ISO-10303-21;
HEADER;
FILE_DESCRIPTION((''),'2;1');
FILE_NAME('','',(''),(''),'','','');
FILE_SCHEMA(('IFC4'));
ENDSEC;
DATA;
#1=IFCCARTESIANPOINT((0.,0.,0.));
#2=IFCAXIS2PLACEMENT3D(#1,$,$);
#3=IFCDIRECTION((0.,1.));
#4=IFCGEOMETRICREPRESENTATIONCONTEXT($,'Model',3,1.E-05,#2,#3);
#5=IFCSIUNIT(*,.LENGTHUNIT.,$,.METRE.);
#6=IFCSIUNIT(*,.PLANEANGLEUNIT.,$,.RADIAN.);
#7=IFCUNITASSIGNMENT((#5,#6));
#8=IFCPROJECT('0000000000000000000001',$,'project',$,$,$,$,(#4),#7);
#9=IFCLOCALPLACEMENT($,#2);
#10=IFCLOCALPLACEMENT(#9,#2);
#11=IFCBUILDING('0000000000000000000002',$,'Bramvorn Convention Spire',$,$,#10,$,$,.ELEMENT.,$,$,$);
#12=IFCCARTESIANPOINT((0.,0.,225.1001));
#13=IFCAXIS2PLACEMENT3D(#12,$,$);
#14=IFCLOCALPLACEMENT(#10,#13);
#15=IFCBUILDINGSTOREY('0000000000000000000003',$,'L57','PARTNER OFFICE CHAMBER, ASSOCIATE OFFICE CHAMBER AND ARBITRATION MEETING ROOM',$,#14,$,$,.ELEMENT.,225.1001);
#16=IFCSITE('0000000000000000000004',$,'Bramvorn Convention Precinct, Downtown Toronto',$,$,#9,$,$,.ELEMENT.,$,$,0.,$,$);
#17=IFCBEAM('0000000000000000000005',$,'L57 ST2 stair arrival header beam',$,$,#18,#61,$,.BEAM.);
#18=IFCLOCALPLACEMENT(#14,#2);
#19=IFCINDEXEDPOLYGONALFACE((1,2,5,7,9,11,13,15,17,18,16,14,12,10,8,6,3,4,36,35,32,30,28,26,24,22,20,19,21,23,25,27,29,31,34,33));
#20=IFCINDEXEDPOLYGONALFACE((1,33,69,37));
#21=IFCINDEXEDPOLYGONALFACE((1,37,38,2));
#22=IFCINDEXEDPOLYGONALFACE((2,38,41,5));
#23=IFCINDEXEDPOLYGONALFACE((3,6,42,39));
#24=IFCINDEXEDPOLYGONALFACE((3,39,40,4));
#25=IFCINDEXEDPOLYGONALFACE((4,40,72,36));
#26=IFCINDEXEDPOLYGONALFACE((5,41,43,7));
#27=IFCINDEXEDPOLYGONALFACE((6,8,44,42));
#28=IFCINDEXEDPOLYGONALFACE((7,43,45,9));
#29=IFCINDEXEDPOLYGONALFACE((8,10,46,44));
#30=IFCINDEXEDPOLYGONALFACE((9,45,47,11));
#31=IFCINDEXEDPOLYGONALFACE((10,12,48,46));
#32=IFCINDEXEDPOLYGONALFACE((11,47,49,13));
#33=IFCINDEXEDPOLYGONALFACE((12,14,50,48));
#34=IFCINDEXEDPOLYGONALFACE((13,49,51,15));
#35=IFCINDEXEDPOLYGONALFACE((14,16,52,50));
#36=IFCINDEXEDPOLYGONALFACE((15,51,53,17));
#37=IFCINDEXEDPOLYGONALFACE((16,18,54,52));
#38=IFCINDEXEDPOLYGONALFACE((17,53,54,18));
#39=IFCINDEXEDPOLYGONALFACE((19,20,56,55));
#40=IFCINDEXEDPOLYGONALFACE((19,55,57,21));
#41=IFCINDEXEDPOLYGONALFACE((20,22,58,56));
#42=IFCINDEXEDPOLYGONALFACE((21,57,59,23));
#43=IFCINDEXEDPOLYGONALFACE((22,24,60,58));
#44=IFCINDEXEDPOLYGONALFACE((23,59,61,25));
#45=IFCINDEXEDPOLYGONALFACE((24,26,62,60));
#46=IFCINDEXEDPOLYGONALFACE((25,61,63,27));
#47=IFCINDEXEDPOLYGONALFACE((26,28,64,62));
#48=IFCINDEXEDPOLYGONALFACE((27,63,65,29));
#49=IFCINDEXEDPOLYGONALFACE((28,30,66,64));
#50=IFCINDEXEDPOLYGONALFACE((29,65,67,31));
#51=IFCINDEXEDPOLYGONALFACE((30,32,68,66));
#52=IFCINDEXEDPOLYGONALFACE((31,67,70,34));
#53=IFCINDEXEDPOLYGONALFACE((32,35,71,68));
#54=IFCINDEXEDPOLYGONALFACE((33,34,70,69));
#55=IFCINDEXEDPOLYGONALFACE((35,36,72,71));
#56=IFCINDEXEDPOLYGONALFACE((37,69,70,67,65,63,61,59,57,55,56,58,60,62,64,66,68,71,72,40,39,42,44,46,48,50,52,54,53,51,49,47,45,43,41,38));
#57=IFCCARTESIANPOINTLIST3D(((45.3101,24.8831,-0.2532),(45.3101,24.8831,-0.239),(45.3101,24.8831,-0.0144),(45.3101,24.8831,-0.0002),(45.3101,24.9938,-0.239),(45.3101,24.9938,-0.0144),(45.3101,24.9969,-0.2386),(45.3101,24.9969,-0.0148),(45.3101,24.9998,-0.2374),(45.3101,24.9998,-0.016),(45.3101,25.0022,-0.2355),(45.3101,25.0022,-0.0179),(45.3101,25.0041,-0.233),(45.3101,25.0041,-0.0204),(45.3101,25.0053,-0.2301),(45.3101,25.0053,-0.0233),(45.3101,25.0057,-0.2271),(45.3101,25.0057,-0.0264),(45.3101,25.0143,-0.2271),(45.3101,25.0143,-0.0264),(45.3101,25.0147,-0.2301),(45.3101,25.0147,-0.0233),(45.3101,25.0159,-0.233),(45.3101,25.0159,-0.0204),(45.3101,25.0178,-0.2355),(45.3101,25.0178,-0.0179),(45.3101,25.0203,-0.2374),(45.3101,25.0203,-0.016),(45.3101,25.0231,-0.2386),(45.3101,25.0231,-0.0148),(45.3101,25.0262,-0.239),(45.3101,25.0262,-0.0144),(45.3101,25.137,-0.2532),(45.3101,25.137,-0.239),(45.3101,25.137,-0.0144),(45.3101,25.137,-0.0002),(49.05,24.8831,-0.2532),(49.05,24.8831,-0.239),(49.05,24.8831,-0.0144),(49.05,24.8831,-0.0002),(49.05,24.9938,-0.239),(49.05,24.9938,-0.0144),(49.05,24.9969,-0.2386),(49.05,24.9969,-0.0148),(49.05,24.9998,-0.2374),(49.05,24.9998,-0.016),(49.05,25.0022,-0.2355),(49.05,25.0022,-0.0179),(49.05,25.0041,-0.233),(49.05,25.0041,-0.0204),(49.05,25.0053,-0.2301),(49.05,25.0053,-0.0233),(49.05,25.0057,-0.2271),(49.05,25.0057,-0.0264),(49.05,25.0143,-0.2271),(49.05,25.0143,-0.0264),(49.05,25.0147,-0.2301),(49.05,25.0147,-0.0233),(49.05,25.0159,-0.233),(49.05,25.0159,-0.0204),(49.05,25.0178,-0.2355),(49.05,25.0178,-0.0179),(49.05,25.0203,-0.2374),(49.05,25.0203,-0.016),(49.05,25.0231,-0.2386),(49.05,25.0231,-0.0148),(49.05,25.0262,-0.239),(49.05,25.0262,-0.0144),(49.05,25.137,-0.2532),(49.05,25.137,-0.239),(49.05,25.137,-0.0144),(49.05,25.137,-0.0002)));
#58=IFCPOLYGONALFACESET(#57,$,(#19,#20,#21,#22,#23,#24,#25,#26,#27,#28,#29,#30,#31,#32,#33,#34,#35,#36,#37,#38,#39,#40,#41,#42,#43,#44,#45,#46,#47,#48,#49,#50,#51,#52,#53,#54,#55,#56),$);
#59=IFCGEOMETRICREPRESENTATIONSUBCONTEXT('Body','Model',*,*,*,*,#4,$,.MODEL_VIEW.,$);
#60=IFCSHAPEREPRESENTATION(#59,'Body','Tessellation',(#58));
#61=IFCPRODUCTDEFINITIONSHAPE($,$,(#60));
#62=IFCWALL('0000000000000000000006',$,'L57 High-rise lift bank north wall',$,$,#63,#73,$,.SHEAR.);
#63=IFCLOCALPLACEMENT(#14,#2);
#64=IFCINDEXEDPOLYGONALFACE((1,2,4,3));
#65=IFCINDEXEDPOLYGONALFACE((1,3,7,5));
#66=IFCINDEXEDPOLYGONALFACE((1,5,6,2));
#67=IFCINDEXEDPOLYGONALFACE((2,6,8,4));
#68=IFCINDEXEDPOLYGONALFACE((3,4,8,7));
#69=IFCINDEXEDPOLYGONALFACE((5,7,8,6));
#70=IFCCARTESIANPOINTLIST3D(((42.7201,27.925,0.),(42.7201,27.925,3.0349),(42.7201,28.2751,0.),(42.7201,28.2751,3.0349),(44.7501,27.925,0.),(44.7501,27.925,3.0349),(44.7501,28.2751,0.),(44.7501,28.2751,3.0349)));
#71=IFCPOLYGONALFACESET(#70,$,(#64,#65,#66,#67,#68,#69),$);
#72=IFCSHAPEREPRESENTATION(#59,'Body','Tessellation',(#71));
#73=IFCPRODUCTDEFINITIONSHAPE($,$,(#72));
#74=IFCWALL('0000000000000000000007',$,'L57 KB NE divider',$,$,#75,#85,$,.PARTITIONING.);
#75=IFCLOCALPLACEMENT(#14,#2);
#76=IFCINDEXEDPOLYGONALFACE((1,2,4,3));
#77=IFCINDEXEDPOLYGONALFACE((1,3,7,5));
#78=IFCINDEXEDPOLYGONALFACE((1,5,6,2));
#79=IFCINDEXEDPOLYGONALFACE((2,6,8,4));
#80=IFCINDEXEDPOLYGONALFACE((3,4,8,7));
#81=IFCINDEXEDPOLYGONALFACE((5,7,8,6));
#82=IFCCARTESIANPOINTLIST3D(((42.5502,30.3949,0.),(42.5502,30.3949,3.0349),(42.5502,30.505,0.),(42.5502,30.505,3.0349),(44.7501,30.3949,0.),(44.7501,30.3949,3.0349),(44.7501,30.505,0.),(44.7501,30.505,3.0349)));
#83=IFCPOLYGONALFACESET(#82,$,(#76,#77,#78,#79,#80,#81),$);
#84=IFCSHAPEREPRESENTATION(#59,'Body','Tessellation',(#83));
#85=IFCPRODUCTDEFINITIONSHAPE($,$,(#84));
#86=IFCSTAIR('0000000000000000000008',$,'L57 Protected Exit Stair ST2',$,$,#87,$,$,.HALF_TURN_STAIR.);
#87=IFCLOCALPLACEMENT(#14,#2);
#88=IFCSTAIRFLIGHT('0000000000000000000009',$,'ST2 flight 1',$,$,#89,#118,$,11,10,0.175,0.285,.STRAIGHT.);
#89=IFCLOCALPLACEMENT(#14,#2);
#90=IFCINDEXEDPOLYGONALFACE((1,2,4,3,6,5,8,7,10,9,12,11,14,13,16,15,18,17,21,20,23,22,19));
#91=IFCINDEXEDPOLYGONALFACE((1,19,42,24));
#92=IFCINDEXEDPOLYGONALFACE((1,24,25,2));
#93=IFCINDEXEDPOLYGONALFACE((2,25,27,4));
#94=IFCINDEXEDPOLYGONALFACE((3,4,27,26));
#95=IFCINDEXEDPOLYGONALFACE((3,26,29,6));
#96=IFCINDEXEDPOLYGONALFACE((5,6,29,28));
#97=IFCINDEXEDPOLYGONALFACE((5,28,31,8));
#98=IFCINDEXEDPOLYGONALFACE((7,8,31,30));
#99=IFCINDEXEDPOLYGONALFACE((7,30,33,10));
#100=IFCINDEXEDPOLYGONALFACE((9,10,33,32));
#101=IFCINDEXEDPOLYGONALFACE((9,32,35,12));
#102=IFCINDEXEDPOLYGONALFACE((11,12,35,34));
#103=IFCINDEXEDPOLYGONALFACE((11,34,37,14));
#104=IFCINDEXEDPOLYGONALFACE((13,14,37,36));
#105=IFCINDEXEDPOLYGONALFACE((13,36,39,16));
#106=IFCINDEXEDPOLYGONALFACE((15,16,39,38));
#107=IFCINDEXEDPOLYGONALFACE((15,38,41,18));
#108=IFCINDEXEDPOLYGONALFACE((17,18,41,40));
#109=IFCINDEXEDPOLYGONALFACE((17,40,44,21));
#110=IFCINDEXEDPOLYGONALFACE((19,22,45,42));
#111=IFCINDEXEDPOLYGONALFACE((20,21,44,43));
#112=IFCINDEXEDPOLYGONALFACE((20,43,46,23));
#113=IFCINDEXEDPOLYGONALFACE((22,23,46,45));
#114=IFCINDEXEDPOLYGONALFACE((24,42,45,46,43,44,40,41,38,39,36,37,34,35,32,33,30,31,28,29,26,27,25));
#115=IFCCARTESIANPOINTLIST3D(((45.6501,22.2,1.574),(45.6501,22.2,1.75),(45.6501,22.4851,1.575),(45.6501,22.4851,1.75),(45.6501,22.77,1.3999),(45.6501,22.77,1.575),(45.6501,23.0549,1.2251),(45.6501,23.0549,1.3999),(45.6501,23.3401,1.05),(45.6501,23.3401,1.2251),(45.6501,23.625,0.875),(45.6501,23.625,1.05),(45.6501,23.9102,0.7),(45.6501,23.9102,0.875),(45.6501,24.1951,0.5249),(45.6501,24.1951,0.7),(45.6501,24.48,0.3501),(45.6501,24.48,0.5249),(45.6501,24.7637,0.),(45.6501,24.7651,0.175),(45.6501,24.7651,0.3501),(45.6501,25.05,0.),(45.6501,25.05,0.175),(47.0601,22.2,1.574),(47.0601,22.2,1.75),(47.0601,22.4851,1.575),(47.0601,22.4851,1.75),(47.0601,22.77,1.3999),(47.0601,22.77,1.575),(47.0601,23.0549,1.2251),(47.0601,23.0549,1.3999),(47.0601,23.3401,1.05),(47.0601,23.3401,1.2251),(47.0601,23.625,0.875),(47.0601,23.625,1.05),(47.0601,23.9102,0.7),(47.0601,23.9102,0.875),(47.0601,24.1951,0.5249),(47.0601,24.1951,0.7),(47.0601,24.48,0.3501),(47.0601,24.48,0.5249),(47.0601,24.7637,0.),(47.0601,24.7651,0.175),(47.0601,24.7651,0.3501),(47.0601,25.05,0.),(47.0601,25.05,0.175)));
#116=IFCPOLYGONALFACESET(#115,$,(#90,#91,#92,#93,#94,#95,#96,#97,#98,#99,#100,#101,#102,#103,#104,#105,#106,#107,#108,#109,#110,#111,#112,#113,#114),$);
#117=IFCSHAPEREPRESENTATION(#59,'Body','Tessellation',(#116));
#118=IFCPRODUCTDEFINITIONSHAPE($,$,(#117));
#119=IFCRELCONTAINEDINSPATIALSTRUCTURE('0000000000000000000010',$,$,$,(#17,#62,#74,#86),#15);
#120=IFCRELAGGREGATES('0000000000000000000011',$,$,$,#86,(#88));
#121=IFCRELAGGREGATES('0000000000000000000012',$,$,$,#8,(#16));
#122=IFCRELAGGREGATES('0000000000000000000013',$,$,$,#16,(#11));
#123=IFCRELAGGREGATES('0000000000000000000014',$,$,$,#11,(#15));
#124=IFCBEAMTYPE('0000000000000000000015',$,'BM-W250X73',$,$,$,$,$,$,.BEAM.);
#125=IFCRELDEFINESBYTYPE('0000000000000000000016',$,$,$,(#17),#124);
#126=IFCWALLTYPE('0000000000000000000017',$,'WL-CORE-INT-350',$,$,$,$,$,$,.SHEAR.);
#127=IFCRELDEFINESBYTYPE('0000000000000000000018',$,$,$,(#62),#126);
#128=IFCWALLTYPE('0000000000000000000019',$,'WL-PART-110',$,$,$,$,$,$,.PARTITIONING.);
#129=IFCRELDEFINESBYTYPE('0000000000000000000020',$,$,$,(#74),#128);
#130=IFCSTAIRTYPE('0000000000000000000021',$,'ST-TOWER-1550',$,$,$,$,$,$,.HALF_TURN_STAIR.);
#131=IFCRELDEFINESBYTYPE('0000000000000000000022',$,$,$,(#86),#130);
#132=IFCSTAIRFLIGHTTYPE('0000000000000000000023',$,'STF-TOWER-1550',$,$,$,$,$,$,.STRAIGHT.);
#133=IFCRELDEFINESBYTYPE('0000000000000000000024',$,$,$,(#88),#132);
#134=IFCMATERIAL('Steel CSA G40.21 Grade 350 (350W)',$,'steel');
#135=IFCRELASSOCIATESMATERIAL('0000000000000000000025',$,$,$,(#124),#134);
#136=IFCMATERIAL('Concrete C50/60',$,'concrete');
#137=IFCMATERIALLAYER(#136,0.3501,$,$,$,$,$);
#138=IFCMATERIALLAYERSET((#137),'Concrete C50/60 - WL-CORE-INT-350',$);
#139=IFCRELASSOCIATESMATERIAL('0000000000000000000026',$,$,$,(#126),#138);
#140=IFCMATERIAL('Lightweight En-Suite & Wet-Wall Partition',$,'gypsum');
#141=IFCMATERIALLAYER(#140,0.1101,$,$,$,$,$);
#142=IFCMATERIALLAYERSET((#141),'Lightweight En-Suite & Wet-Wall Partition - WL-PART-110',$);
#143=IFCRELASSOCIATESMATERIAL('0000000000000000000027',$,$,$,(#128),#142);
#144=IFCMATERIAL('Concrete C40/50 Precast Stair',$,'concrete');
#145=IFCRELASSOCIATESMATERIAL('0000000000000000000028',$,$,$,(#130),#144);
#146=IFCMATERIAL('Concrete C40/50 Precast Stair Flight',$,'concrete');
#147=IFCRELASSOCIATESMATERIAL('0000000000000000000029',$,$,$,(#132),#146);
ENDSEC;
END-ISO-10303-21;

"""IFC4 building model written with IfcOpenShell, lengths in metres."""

from ifc_helpers import new_model, si_unit, direction, frame, frame_2d, origin, origin_2d, place, context, subcontext, project, spatial, polyline, rectangle, i_section, outline, extrude, material, layer, layer_set, material_profile, profile_set, type_object, element, aggregate, save


model = new_model("IFC4")

# Units and contexts
model_context = context("Model", 3, precision=1e-05, world=origin(), true_north=direction((0.0, 1.0)))
body_context = subcontext(model_context, "Body", "Model", "MODEL_VIEW")
ifc_project = project(units=[si_unit("LENGTHUNIT", "METRE"), si_unit("PLANEANGLEUNIT", "RADIAN")], contexts=[model_context])

# Site, building, storey
site_placement = place(None, origin())
site = spatial("IfcSite", under=ifc_project, at=site_placement, Name="Bramvorn Convention Precinct, Downtown Toronto", CompositionType="ELEMENT", RefElevation=0.0)
building_placement = place(site_placement, origin())
building = spatial("IfcBuilding", under=site, at=building_placement, Name="Bramvorn Convention Spire", CompositionType="ELEMENT")
storey_placement = place(building_placement, frame((0.0, 0.0, 225.1001)))
storey = spatial("IfcBuildingStorey", under=building, at=storey_placement, Name="L57", Description="PARTNER OFFICE CHAMBER, ASSOCIATE OFFICE CHAMBER AND ARBITRATION MEETING ROOM", CompositionType="ELEMENT", Elevation=225.1001)

# Beam
ifc_material_1 = material(Name="Steel CSA G40.21 Grade 350 (350W)", Category="steel")
ifc_material_profile = material_profile(ifc_material_1, i_section(OverallWidth=0.2539, OverallDepth=0.2529, WebThickness=0.0085, FlangeThickness=0.0142, FilletRadius=0.012, at=origin_2d()))
ifc_profile_set = profile_set([ifc_material_profile], Name="Steel CSA G40.21 Grade 350 (350W) - W250X73")
beam_type = type_object("IfcBeamType", Name="BM-W250X73", PredefinedType="BEAM", material=ifc_profile_set)
beam_placement = place(storey_placement, frame((45.3101, 25.01, -0.1267), z_axis=(1.0, 0.0, 0.0), x_axis=(0.0, 1.0, 0.0)))
element("IfcBeam", 1, at=beam_placement, inside=storey, type_object=beam_type, Name="L57 ST2 stair arrival header beam", PredefinedType="BEAM", context=body_context, shape_type="SweptSolid", body=[
    extrude(i_section(OverallWidth=0.2539, OverallDepth=0.2529, WebThickness=0.0085, FlangeThickness=0.0142, FilletRadius=0.012, at=origin_2d()), origin(), (0.0, 0.0, 1.0), 3.74),
])

# Shared definitions
ifc_material_2 = material(Name="Concrete C50/60", Category="concrete")
ifc_layer_1 = layer(ifc_material_2, 0.3501)
ifc_layer_set_1 = layer_set([ifc_layer_1], Name="Concrete C50/60 - WL-CORE-INT-350")
wall_type_1 = type_object("IfcWallType", Name="WL-CORE-INT-350", PredefinedType="SHEAR", material=ifc_layer_set_1)

# Walls
wall_1_placement = place(storey_placement, frame((42.72, 28.1001, 0.0), z_axis=(0.0, 0.0, 1.0), x_axis=(1.0, 0.0, 0.0)))
element("IfcWall", 2, at=wall_1_placement, inside=storey, type_object=wall_type_1, Name="L57 High-rise lift bank north wall", PredefinedType="SHEAR", context=body_context, shape_type="SweptSolid", body=[
    extrude(rectangle(XDim=2.03, YDim=0.3501, at=frame_2d((1.0151, 0.0))), origin(), (0.0, 0.0, 1.0), 3.0349),
])
ifc_material_3 = material(Name="Lightweight En-Suite & Wet-Wall Partition", Category="gypsum")
ifc_layer_2 = layer(ifc_material_3, 0.1101)
ifc_layer_set_2 = layer_set([ifc_layer_2], Name="Lightweight En-Suite & Wet-Wall Partition - WL-PART-110")
wall_type_2 = type_object("IfcWallType", Name="WL-PART-110", PredefinedType="PARTITIONING", material=ifc_layer_set_2)
wall_2_placement = place(storey_placement, frame((42.55, 30.45, 0.0), z_axis=(0.0, 0.0, 1.0), x_axis=(1.0, 0.0, 0.0)))
element("IfcWall", 3, at=wall_2_placement, inside=storey, type_object=wall_type_2, Name="L57 KB NE divider", PredefinedType="PARTITIONING", context=body_context, shape_type="SweptSolid", body=[
    extrude(rectangle(XDim=2.2, YDim=0.1101, at=frame_2d((1.1001, 0.0))), origin(), (0.0, 0.0, 1.0), 3.0349),
])

# Stair, stair flight
ifc_material_4 = material(Name="Concrete C40/50 Precast Stair", Category="concrete")
stair_type = type_object("IfcStairType", Name="ST-TOWER-1550", PredefinedType="HALF_TURN_STAIR", material=ifc_material_4)
stair_placement = place(storey_placement, origin())
stair = element("IfcStair", 4, at=stair_placement, inside=storey, type_object=stair_type, Name="L57 Protected Exit Stair ST2", PredefinedType="HALF_TURN_STAIR")
ifc_material_5 = material(Name="Concrete C40/50 Precast Stair Flight", Category="concrete")
stair_flight_type = type_object("IfcStairFlightType", Name="STF-TOWER-1550", PredefinedType="STRAIGHT", material=ifc_material_5)
stair_flight_placement = place(storey_placement, frame((46.355, 25.05, 0.0), z_axis=(0.0, 0.0, 1.0), x_axis=(0.0, -1.0, 0.0)))
stair_flight = element("IfcStairFlight", 5, at=stair_flight_placement, type_object=stair_flight_type, Name="ST2 flight 1", NumberOfRisers=11, NumberOfTreads=10, PredefinedType="STRAIGHT", RiserHeight=0.175, TreadLength=0.285, context=body_context, shape_type="SweptSolid", body=[
    extrude(outline(polyline([(0.0, 0.0), (0.0, 0.175), (0.2849, 0.175), (0.2849, 0.3501), (0.5701, 0.3501), (0.5701, 0.5249), (0.855, 0.5249), (0.855, 0.7), (1.1399, 0.7), (1.1399, 0.875), (1.425, 0.875), (1.425, 1.05), (1.71, 1.05), (1.71, 1.2251), (1.9951, 1.2251), (1.9951, 1.3999), (2.28, 1.3999), (2.28, 1.575), (2.5649, 1.575), (2.5649, 1.75), (2.8501, 1.75), (2.8501, 1.925), (2.8501, 1.574), (0.2864, 0.0), (0.0, 0.0)])), frame((0.0, 0.7051, 0.0), z_axis=(0.0, -1.0, 0.0), x_axis=(1.0, 0.0, 0.0)), (0.0, 0.0, 1.0), 1.4099),
])
aggregate(stair, [stair_flight])

save(model, "model.ifc")
